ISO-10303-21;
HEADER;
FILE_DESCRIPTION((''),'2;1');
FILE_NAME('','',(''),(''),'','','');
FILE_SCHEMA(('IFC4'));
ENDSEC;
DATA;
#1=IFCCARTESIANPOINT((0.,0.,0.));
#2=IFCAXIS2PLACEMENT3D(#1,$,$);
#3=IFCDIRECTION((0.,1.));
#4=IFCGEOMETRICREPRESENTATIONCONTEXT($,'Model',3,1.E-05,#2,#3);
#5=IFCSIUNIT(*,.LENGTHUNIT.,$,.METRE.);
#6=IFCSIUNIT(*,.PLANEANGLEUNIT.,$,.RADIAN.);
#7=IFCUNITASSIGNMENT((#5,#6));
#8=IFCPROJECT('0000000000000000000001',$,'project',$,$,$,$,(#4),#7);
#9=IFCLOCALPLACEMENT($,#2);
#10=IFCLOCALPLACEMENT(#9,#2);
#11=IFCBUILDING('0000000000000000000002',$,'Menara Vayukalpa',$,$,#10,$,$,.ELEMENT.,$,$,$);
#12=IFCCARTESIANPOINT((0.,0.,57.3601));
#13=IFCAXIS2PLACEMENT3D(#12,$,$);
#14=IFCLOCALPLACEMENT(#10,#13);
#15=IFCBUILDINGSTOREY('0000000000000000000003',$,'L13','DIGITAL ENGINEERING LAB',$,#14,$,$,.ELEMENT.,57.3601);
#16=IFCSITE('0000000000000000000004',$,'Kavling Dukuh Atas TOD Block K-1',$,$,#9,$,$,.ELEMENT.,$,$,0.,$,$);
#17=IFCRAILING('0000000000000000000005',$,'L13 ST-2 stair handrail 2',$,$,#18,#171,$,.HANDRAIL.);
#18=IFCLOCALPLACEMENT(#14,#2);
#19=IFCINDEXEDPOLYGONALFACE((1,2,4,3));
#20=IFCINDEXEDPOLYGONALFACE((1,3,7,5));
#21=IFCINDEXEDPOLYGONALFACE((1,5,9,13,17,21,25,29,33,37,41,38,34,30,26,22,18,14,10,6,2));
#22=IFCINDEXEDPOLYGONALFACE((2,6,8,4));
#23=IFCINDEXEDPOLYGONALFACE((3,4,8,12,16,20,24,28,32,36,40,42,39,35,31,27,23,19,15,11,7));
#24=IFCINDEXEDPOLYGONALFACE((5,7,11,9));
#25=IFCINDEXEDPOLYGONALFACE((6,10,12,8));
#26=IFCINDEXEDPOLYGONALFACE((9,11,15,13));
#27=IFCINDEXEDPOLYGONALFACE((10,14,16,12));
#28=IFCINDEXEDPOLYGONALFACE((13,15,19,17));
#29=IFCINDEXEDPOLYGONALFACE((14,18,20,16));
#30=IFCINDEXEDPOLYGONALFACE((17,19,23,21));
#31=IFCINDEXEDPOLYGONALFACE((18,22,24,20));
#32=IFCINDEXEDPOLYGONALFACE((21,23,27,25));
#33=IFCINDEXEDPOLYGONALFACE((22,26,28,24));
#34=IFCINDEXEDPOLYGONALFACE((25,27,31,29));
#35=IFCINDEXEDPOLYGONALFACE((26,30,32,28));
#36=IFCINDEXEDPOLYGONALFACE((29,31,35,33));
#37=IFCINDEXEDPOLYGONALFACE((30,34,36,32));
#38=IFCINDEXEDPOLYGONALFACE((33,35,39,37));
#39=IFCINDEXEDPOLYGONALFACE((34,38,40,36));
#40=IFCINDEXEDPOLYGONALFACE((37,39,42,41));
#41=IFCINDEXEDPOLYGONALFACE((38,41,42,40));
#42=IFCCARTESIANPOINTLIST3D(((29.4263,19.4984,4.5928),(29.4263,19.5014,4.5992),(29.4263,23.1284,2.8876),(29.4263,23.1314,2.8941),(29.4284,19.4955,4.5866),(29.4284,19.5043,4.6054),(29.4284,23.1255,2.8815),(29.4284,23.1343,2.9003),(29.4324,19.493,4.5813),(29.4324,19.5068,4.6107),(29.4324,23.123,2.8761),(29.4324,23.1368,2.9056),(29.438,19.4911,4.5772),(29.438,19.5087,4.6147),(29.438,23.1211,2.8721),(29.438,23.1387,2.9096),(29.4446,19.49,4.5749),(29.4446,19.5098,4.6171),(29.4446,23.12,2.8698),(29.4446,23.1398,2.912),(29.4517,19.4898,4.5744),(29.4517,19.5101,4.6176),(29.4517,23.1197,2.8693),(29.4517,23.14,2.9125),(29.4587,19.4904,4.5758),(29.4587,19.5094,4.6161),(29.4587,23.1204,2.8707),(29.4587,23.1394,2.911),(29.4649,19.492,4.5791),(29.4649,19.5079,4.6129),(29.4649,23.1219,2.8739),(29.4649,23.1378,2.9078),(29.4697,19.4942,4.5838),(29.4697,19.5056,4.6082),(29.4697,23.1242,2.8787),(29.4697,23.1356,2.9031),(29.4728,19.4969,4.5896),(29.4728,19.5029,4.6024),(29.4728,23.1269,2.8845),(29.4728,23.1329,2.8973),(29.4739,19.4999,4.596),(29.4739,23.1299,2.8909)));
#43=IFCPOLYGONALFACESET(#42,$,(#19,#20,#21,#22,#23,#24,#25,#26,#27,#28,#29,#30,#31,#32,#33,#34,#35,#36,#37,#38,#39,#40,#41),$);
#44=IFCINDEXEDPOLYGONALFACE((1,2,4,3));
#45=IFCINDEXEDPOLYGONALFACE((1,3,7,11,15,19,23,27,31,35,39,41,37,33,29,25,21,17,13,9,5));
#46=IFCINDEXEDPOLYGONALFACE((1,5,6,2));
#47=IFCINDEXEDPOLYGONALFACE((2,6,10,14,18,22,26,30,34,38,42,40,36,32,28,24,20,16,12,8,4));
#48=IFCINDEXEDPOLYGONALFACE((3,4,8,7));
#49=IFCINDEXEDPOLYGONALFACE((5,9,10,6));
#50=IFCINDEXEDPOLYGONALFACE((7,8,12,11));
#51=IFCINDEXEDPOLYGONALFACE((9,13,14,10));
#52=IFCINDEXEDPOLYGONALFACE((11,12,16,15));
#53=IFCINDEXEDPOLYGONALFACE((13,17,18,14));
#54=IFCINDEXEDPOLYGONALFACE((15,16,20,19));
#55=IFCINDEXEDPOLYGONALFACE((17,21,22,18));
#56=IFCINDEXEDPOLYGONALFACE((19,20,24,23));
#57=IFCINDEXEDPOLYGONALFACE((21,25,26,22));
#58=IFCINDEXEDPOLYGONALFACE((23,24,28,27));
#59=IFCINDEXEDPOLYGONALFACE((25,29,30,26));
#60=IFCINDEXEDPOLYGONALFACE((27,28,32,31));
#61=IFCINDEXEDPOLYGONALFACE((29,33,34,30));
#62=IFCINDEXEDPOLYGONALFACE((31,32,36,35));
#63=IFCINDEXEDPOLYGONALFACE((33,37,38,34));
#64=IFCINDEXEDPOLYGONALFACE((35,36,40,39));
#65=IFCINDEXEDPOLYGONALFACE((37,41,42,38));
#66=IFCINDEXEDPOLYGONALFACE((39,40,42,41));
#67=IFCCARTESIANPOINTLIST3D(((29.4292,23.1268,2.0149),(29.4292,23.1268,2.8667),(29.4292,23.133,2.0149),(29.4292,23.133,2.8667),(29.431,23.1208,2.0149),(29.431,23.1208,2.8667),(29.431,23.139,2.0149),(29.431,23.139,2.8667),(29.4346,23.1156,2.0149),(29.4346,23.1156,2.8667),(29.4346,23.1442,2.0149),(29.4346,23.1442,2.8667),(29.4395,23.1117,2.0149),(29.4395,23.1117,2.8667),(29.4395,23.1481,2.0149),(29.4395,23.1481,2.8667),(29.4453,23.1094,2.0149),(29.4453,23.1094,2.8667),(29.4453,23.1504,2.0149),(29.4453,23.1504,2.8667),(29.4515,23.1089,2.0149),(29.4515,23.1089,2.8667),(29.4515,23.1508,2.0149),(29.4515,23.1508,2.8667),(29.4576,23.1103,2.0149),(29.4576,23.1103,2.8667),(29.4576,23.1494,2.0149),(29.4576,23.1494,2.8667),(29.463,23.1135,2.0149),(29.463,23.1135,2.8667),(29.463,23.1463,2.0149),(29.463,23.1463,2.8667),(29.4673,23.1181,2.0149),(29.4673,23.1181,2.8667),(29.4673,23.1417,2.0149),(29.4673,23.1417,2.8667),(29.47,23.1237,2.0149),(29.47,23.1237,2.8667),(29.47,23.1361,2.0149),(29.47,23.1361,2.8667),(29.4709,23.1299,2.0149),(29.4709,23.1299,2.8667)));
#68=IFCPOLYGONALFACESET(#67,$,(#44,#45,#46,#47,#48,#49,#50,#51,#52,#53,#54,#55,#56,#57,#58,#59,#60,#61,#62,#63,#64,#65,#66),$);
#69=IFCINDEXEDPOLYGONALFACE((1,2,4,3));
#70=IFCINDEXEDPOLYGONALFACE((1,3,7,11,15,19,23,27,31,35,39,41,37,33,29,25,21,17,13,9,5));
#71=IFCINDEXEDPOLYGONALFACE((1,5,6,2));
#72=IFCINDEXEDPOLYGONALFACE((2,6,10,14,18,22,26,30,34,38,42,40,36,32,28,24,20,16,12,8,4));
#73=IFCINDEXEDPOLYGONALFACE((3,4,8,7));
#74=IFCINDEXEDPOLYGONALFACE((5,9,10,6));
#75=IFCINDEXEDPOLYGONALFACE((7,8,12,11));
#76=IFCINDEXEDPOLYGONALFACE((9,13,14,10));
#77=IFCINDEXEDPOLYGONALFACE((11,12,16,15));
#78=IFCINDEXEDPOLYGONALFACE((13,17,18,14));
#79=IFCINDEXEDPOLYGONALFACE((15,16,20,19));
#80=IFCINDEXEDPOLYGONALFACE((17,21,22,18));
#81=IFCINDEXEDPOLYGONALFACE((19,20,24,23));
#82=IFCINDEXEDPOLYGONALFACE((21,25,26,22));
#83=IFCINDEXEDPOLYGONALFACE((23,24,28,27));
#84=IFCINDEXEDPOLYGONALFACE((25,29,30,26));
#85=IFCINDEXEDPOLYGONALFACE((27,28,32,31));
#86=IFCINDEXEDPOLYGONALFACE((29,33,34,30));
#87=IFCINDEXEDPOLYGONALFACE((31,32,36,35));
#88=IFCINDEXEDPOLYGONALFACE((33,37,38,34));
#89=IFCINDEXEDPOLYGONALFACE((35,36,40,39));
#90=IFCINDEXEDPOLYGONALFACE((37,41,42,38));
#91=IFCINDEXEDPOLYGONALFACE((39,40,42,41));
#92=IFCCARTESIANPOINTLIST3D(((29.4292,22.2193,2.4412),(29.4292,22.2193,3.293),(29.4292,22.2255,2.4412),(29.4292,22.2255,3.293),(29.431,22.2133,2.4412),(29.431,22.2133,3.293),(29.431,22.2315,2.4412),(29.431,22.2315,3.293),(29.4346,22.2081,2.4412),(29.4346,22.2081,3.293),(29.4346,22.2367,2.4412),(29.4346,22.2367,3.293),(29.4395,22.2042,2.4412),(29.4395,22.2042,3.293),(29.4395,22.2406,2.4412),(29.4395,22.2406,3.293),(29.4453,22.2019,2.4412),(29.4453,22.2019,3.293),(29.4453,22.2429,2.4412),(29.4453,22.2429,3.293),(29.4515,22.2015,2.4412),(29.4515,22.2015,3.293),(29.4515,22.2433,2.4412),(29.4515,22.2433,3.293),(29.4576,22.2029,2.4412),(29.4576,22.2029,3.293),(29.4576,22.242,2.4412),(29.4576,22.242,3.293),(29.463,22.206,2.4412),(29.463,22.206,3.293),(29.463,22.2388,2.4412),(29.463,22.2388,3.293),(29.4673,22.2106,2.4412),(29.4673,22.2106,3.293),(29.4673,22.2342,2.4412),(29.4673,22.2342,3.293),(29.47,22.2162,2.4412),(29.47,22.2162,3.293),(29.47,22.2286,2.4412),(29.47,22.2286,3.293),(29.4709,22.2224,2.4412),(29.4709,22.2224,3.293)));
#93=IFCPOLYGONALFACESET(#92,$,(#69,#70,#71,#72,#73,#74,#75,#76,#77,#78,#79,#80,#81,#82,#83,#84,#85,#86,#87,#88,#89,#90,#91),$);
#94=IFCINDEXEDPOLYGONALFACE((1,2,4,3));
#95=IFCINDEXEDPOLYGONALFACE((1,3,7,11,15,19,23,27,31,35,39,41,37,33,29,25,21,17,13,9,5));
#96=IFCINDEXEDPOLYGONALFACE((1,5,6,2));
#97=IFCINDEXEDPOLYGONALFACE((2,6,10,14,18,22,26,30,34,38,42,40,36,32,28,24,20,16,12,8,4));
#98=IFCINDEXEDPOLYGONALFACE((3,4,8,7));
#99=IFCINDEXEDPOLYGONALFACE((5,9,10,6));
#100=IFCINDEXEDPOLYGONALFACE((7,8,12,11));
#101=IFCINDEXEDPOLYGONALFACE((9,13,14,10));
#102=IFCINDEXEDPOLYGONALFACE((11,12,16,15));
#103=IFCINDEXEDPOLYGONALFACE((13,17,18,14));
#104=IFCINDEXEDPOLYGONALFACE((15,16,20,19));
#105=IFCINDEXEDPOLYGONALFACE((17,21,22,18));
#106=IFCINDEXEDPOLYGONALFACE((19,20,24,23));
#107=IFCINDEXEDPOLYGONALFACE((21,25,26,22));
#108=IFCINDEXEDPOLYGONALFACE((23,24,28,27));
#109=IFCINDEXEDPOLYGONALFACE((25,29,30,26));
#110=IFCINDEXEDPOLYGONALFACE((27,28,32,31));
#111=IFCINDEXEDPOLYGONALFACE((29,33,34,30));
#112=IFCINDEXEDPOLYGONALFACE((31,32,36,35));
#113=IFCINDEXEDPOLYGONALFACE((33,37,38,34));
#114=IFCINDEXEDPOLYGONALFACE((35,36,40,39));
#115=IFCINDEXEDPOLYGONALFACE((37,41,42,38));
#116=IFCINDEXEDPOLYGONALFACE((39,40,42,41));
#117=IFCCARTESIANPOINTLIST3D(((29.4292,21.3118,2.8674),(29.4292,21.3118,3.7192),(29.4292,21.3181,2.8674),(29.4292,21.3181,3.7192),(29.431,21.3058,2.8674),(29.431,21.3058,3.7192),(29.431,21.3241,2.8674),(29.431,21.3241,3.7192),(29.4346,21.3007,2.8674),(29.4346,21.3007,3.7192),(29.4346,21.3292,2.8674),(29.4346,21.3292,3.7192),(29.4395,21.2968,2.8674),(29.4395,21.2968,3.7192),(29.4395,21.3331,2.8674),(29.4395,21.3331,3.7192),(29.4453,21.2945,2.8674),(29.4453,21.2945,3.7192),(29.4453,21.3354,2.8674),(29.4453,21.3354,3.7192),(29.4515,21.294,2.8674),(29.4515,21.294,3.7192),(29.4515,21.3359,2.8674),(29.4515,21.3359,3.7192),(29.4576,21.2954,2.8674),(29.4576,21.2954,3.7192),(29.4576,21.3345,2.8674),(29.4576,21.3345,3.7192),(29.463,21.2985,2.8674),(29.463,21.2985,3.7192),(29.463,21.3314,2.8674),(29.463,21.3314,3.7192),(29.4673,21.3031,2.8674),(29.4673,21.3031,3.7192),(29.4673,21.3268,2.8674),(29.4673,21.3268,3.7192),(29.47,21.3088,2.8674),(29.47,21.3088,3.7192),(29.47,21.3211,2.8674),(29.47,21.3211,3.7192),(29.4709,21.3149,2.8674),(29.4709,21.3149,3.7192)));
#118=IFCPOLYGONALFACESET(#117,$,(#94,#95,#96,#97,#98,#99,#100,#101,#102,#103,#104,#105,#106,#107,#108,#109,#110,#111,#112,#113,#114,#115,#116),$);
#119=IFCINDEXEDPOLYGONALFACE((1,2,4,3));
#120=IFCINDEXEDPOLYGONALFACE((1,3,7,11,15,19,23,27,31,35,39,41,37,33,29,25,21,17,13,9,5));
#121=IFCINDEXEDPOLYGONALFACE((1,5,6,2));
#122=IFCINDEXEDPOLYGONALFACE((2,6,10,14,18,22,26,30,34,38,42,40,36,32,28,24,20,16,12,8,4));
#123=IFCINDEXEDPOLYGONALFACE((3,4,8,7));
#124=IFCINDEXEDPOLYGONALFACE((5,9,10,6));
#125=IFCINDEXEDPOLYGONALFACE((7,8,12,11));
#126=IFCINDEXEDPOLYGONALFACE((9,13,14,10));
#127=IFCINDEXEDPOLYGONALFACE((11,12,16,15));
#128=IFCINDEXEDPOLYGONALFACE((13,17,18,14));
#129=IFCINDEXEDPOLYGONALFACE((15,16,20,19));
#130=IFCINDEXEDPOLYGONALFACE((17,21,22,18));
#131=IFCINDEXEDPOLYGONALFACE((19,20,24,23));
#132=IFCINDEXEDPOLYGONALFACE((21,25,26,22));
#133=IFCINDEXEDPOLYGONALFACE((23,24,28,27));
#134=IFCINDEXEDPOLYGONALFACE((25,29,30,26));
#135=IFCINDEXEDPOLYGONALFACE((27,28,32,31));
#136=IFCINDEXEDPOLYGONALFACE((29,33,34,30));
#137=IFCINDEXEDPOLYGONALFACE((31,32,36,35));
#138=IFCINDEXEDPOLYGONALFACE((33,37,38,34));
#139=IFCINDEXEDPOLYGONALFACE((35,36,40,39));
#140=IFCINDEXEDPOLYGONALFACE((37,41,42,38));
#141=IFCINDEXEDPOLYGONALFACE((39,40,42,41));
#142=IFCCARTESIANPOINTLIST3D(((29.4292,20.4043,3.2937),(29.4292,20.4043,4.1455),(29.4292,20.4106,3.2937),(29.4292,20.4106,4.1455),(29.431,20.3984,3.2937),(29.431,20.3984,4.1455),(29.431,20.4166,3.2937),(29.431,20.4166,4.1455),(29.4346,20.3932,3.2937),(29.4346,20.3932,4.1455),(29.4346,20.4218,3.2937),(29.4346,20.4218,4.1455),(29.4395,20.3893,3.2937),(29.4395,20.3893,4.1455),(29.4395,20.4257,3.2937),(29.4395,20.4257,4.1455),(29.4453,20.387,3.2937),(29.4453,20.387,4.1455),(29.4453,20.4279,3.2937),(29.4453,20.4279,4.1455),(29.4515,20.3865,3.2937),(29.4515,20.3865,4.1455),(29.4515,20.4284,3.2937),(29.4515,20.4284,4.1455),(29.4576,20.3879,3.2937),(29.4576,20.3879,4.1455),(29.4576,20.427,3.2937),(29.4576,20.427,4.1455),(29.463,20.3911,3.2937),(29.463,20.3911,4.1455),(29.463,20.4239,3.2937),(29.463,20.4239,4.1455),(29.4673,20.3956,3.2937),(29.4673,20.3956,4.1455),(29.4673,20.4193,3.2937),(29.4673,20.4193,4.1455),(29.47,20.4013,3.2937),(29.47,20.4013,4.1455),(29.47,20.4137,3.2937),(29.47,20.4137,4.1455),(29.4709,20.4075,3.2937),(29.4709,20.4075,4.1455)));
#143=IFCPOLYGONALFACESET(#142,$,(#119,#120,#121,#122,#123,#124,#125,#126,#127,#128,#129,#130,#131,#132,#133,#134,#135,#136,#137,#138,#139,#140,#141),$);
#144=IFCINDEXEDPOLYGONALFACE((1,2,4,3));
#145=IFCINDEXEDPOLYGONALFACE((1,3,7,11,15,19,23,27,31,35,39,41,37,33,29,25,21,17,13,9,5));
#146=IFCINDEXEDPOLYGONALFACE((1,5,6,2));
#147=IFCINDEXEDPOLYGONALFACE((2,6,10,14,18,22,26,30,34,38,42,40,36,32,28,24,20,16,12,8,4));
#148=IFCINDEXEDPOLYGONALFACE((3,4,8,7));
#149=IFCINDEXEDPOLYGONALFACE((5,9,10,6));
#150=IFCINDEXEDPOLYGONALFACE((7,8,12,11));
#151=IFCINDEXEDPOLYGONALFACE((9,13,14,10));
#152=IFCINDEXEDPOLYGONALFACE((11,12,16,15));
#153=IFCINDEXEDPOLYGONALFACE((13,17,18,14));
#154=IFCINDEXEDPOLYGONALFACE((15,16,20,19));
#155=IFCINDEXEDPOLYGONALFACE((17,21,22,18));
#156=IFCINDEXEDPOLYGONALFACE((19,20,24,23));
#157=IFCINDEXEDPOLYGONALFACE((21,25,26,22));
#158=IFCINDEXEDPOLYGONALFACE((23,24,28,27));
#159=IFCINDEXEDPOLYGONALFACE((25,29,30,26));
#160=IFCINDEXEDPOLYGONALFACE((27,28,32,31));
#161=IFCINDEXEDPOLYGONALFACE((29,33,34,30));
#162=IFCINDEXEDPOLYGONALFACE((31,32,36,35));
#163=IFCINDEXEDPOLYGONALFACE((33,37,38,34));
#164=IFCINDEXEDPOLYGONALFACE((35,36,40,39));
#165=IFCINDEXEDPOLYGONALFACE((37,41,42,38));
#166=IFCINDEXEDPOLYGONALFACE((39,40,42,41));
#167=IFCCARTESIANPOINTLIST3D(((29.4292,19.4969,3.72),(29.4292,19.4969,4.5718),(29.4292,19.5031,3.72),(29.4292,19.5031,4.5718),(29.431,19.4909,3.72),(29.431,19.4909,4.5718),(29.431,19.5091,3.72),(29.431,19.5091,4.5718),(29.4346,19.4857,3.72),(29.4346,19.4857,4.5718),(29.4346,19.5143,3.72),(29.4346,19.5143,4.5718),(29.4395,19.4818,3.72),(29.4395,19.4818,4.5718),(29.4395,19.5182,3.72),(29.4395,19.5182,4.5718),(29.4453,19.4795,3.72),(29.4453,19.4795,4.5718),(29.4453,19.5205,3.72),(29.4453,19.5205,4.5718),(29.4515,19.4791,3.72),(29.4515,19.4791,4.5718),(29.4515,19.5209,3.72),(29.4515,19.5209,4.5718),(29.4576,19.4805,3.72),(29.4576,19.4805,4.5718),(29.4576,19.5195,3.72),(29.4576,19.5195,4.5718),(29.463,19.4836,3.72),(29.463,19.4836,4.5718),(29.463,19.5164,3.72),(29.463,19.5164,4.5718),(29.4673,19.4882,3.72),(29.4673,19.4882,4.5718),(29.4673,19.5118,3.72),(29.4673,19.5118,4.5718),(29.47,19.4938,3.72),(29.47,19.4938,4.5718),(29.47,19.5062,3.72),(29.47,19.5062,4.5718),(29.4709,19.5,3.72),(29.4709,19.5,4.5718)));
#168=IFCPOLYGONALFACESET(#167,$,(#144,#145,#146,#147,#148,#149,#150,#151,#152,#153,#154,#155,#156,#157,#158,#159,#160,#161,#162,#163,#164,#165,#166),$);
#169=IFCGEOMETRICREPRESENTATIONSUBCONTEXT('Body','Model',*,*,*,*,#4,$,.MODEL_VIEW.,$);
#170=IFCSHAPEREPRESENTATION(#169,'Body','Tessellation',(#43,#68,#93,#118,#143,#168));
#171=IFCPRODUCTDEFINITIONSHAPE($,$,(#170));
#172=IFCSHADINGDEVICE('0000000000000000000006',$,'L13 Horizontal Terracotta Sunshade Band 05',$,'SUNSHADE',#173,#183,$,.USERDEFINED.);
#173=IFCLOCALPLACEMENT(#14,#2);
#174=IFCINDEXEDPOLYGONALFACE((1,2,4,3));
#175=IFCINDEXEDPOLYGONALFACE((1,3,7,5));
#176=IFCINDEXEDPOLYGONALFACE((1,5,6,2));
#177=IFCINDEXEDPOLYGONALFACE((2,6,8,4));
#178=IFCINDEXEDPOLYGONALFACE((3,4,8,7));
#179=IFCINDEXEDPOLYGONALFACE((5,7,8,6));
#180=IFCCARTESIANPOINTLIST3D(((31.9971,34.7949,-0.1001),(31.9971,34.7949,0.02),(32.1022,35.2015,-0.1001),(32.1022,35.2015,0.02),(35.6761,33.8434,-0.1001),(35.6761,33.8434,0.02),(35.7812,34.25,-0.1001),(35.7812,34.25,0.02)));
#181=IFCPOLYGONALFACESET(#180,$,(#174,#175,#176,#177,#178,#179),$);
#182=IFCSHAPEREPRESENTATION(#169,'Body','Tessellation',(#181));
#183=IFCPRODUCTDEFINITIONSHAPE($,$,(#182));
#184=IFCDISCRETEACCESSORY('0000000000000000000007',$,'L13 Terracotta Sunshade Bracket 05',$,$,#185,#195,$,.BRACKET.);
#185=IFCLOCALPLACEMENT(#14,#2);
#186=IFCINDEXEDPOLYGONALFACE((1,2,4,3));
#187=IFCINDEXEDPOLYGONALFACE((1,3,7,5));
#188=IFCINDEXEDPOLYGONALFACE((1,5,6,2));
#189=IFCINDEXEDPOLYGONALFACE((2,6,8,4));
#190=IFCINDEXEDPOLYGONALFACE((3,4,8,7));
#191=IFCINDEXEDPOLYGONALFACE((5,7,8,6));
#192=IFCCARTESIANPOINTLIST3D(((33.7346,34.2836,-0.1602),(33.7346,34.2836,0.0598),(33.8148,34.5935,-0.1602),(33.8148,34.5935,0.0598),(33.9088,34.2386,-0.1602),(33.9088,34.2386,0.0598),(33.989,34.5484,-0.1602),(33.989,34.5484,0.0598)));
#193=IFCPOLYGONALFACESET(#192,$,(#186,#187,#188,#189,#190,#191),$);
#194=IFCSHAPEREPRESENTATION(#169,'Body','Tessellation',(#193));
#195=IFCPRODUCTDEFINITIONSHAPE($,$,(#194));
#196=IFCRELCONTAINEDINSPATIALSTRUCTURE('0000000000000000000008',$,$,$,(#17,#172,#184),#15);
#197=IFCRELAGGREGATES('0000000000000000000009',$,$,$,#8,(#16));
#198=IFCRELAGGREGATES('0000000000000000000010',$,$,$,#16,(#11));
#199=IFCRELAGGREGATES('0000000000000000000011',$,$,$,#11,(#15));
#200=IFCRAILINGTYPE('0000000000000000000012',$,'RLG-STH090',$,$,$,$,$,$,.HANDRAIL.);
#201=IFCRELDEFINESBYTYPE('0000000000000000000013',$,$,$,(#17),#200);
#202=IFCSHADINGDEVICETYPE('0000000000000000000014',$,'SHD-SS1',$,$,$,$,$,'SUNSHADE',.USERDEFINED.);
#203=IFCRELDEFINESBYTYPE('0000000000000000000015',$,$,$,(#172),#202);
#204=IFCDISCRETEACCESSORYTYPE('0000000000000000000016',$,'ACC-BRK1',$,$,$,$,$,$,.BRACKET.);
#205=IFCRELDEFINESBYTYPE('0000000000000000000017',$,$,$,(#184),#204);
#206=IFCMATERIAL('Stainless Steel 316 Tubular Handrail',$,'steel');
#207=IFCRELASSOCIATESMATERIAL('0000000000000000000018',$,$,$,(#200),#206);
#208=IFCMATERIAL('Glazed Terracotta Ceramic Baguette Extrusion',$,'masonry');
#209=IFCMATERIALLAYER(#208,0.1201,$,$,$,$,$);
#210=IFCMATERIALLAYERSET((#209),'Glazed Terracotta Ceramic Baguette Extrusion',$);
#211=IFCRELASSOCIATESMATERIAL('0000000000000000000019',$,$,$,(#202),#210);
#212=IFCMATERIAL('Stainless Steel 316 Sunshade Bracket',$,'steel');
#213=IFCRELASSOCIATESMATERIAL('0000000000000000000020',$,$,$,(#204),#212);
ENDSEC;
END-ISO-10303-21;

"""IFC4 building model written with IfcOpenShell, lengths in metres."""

from ifc_helpers import new_model, si_unit, direction, frame, origin, origin_2d, place, context, subcontext, project, spatial, rectangle, circle, extrude, material, layer, layer_set, type_object, element, save


model = new_model("IFC4")

# Units and contexts
model_context = context("Model", 3, precision=1e-05, world=origin(), true_north=direction((0.0, 1.0)))
body_context = subcontext(model_context, "Body", "Model", "MODEL_VIEW")
ifc_project = project(units=[si_unit("LENGTHUNIT", "METRE"), si_unit("PLANEANGLEUNIT", "RADIAN")], contexts=[model_context])

# Site, building, storey
site_placement = place(None, origin())
site = spatial("IfcSite", under=ifc_project, at=site_placement, Name="Kavling Dukuh Atas TOD Block K-1", CompositionType="ELEMENT", RefElevation=0.0)
building_placement = place(site_placement, origin())
building = spatial("IfcBuilding", under=site, at=building_placement, Name="Menara Vayukalpa", CompositionType="ELEMENT")
storey_placement = place(building_placement, frame((0.0, 0.0, 57.3601)))
storey = spatial("IfcBuildingStorey", under=building, at=storey_placement, Name="L13", Description="DIGITAL ENGINEERING LAB", CompositionType="ELEMENT", Elevation=57.3601)

# Railing
ifc_material_1 = material(Name="Stainless Steel 316 Tubular Handrail", Category="steel")
railing_type_1 = type_object("IfcRailingType", Name="RLG-STH090", PredefinedType="HANDRAIL", material=ifc_material_1)
railing_1_placement = place(storey_placement, frame((29.45, 23.1299, 2.0149)))
element("IfcRailing", 1, at=railing_1_placement, inside=storey, type_object=railing_type_1, Name="L13 ST-2 stair handrail 2", PredefinedType="HANDRAIL", context=body_context, shape_type="SweptSolid", body=[
    extrude(circle(Radius=0.0239, at=origin_2d()), frame((0.0, 0.0, 0.876), z_axis=(0.0, -0.905116, 0.425164), x_axis=(1.0, 0.0, 0.0)), (0.0, 0.0, 1.0), 4.0105),
    extrude(circle(Radius=0.021, at=origin_2d()), origin(), (0.0, 0.0, 1.0), 0.8518),
    extrude(circle(Radius=0.021, at=origin_2d()), frame((0.0, -0.9075, 0.4263)), (0.0, 0.0, 1.0), 0.8518),
    extrude(circle(Radius=0.021, at=origin_2d()), frame((0.0, -1.8149, 0.8525)), (0.0, 0.0, 1.0), 0.8518),
    extrude(circle(Radius=0.021, at=origin_2d()), frame((0.0, -2.7224, 1.2788)), (0.0, 0.0, 1.0), 0.8518),
    extrude(circle(Radius=0.021, at=origin_2d()), frame((0.0, -3.6299, 1.7051)), (0.0, 0.0, 1.0), 0.8518),
])

# Shading device
ifc_material_2 = material(Name="Glazed Terracotta Ceramic Baguette Extrusion", Category="masonry")
ifc_layer_1 = layer(ifc_material_2, 0.1201)
ifc_layer_set_1 = layer_set([ifc_layer_1], Name="Glazed Terracotta Ceramic Baguette Extrusion")
shading_device_type = type_object("IfcShadingDeviceType", Name="SHD-SS1", ElementType="SUNSHADE", PredefinedType="USERDEFINED", material=ifc_layer_set_1)
shading_device_placement = place(storey_placement, frame((33.8892, 34.5225, -0.1001), z_axis=(0.0, 0.0, 1.0), x_axis=(-0.968143, 0.250397, 0.0)))
element("IfcShadingDevice", 2, at=shading_device_placement, inside=storey, type_object=shading_device_type, Name="L13 Horizontal Terracotta Sunshade Band 05", ObjectType="SUNSHADE", PredefinedType="USERDEFINED", context=body_context, shape_type="SweptSolid", body=[
    extrude(rectangle(XDim=3.8, YDim=0.4199, at=origin_2d()), origin(), (0.0, 0.0, 1.0), 0.1201),
])

# Discrete accessory
ifc_material_3 = material(Name="Stainless Steel 316 Sunshade Bracket", Category="steel")
discrete_accessory_type = type_object("IfcDiscreteAccessoryType", Name="ACC-BRK1", PredefinedType="BRACKET", material=ifc_material_3)
discrete_accessory_placement = place(storey_placement, frame((33.8618, 34.416, -0.1602), z_axis=(0.0, 0.0, 1.0), x_axis=(-0.968143, 0.250397, 0.0)))
element("IfcDiscreteAccessory", 3, at=discrete_accessory_placement, inside=storey, type_object=discrete_accessory_type, Name="L13 Terracotta Sunshade Bracket 05", PredefinedType="BRACKET", context=body_context, shape_type="SweptSolid", body=[
    extrude(rectangle(XDim=0.1799, YDim=0.3201, at=origin_2d()), origin(), (0.0, 0.0, 1.0), 0.22),
])

save(model, "model.ifc")
